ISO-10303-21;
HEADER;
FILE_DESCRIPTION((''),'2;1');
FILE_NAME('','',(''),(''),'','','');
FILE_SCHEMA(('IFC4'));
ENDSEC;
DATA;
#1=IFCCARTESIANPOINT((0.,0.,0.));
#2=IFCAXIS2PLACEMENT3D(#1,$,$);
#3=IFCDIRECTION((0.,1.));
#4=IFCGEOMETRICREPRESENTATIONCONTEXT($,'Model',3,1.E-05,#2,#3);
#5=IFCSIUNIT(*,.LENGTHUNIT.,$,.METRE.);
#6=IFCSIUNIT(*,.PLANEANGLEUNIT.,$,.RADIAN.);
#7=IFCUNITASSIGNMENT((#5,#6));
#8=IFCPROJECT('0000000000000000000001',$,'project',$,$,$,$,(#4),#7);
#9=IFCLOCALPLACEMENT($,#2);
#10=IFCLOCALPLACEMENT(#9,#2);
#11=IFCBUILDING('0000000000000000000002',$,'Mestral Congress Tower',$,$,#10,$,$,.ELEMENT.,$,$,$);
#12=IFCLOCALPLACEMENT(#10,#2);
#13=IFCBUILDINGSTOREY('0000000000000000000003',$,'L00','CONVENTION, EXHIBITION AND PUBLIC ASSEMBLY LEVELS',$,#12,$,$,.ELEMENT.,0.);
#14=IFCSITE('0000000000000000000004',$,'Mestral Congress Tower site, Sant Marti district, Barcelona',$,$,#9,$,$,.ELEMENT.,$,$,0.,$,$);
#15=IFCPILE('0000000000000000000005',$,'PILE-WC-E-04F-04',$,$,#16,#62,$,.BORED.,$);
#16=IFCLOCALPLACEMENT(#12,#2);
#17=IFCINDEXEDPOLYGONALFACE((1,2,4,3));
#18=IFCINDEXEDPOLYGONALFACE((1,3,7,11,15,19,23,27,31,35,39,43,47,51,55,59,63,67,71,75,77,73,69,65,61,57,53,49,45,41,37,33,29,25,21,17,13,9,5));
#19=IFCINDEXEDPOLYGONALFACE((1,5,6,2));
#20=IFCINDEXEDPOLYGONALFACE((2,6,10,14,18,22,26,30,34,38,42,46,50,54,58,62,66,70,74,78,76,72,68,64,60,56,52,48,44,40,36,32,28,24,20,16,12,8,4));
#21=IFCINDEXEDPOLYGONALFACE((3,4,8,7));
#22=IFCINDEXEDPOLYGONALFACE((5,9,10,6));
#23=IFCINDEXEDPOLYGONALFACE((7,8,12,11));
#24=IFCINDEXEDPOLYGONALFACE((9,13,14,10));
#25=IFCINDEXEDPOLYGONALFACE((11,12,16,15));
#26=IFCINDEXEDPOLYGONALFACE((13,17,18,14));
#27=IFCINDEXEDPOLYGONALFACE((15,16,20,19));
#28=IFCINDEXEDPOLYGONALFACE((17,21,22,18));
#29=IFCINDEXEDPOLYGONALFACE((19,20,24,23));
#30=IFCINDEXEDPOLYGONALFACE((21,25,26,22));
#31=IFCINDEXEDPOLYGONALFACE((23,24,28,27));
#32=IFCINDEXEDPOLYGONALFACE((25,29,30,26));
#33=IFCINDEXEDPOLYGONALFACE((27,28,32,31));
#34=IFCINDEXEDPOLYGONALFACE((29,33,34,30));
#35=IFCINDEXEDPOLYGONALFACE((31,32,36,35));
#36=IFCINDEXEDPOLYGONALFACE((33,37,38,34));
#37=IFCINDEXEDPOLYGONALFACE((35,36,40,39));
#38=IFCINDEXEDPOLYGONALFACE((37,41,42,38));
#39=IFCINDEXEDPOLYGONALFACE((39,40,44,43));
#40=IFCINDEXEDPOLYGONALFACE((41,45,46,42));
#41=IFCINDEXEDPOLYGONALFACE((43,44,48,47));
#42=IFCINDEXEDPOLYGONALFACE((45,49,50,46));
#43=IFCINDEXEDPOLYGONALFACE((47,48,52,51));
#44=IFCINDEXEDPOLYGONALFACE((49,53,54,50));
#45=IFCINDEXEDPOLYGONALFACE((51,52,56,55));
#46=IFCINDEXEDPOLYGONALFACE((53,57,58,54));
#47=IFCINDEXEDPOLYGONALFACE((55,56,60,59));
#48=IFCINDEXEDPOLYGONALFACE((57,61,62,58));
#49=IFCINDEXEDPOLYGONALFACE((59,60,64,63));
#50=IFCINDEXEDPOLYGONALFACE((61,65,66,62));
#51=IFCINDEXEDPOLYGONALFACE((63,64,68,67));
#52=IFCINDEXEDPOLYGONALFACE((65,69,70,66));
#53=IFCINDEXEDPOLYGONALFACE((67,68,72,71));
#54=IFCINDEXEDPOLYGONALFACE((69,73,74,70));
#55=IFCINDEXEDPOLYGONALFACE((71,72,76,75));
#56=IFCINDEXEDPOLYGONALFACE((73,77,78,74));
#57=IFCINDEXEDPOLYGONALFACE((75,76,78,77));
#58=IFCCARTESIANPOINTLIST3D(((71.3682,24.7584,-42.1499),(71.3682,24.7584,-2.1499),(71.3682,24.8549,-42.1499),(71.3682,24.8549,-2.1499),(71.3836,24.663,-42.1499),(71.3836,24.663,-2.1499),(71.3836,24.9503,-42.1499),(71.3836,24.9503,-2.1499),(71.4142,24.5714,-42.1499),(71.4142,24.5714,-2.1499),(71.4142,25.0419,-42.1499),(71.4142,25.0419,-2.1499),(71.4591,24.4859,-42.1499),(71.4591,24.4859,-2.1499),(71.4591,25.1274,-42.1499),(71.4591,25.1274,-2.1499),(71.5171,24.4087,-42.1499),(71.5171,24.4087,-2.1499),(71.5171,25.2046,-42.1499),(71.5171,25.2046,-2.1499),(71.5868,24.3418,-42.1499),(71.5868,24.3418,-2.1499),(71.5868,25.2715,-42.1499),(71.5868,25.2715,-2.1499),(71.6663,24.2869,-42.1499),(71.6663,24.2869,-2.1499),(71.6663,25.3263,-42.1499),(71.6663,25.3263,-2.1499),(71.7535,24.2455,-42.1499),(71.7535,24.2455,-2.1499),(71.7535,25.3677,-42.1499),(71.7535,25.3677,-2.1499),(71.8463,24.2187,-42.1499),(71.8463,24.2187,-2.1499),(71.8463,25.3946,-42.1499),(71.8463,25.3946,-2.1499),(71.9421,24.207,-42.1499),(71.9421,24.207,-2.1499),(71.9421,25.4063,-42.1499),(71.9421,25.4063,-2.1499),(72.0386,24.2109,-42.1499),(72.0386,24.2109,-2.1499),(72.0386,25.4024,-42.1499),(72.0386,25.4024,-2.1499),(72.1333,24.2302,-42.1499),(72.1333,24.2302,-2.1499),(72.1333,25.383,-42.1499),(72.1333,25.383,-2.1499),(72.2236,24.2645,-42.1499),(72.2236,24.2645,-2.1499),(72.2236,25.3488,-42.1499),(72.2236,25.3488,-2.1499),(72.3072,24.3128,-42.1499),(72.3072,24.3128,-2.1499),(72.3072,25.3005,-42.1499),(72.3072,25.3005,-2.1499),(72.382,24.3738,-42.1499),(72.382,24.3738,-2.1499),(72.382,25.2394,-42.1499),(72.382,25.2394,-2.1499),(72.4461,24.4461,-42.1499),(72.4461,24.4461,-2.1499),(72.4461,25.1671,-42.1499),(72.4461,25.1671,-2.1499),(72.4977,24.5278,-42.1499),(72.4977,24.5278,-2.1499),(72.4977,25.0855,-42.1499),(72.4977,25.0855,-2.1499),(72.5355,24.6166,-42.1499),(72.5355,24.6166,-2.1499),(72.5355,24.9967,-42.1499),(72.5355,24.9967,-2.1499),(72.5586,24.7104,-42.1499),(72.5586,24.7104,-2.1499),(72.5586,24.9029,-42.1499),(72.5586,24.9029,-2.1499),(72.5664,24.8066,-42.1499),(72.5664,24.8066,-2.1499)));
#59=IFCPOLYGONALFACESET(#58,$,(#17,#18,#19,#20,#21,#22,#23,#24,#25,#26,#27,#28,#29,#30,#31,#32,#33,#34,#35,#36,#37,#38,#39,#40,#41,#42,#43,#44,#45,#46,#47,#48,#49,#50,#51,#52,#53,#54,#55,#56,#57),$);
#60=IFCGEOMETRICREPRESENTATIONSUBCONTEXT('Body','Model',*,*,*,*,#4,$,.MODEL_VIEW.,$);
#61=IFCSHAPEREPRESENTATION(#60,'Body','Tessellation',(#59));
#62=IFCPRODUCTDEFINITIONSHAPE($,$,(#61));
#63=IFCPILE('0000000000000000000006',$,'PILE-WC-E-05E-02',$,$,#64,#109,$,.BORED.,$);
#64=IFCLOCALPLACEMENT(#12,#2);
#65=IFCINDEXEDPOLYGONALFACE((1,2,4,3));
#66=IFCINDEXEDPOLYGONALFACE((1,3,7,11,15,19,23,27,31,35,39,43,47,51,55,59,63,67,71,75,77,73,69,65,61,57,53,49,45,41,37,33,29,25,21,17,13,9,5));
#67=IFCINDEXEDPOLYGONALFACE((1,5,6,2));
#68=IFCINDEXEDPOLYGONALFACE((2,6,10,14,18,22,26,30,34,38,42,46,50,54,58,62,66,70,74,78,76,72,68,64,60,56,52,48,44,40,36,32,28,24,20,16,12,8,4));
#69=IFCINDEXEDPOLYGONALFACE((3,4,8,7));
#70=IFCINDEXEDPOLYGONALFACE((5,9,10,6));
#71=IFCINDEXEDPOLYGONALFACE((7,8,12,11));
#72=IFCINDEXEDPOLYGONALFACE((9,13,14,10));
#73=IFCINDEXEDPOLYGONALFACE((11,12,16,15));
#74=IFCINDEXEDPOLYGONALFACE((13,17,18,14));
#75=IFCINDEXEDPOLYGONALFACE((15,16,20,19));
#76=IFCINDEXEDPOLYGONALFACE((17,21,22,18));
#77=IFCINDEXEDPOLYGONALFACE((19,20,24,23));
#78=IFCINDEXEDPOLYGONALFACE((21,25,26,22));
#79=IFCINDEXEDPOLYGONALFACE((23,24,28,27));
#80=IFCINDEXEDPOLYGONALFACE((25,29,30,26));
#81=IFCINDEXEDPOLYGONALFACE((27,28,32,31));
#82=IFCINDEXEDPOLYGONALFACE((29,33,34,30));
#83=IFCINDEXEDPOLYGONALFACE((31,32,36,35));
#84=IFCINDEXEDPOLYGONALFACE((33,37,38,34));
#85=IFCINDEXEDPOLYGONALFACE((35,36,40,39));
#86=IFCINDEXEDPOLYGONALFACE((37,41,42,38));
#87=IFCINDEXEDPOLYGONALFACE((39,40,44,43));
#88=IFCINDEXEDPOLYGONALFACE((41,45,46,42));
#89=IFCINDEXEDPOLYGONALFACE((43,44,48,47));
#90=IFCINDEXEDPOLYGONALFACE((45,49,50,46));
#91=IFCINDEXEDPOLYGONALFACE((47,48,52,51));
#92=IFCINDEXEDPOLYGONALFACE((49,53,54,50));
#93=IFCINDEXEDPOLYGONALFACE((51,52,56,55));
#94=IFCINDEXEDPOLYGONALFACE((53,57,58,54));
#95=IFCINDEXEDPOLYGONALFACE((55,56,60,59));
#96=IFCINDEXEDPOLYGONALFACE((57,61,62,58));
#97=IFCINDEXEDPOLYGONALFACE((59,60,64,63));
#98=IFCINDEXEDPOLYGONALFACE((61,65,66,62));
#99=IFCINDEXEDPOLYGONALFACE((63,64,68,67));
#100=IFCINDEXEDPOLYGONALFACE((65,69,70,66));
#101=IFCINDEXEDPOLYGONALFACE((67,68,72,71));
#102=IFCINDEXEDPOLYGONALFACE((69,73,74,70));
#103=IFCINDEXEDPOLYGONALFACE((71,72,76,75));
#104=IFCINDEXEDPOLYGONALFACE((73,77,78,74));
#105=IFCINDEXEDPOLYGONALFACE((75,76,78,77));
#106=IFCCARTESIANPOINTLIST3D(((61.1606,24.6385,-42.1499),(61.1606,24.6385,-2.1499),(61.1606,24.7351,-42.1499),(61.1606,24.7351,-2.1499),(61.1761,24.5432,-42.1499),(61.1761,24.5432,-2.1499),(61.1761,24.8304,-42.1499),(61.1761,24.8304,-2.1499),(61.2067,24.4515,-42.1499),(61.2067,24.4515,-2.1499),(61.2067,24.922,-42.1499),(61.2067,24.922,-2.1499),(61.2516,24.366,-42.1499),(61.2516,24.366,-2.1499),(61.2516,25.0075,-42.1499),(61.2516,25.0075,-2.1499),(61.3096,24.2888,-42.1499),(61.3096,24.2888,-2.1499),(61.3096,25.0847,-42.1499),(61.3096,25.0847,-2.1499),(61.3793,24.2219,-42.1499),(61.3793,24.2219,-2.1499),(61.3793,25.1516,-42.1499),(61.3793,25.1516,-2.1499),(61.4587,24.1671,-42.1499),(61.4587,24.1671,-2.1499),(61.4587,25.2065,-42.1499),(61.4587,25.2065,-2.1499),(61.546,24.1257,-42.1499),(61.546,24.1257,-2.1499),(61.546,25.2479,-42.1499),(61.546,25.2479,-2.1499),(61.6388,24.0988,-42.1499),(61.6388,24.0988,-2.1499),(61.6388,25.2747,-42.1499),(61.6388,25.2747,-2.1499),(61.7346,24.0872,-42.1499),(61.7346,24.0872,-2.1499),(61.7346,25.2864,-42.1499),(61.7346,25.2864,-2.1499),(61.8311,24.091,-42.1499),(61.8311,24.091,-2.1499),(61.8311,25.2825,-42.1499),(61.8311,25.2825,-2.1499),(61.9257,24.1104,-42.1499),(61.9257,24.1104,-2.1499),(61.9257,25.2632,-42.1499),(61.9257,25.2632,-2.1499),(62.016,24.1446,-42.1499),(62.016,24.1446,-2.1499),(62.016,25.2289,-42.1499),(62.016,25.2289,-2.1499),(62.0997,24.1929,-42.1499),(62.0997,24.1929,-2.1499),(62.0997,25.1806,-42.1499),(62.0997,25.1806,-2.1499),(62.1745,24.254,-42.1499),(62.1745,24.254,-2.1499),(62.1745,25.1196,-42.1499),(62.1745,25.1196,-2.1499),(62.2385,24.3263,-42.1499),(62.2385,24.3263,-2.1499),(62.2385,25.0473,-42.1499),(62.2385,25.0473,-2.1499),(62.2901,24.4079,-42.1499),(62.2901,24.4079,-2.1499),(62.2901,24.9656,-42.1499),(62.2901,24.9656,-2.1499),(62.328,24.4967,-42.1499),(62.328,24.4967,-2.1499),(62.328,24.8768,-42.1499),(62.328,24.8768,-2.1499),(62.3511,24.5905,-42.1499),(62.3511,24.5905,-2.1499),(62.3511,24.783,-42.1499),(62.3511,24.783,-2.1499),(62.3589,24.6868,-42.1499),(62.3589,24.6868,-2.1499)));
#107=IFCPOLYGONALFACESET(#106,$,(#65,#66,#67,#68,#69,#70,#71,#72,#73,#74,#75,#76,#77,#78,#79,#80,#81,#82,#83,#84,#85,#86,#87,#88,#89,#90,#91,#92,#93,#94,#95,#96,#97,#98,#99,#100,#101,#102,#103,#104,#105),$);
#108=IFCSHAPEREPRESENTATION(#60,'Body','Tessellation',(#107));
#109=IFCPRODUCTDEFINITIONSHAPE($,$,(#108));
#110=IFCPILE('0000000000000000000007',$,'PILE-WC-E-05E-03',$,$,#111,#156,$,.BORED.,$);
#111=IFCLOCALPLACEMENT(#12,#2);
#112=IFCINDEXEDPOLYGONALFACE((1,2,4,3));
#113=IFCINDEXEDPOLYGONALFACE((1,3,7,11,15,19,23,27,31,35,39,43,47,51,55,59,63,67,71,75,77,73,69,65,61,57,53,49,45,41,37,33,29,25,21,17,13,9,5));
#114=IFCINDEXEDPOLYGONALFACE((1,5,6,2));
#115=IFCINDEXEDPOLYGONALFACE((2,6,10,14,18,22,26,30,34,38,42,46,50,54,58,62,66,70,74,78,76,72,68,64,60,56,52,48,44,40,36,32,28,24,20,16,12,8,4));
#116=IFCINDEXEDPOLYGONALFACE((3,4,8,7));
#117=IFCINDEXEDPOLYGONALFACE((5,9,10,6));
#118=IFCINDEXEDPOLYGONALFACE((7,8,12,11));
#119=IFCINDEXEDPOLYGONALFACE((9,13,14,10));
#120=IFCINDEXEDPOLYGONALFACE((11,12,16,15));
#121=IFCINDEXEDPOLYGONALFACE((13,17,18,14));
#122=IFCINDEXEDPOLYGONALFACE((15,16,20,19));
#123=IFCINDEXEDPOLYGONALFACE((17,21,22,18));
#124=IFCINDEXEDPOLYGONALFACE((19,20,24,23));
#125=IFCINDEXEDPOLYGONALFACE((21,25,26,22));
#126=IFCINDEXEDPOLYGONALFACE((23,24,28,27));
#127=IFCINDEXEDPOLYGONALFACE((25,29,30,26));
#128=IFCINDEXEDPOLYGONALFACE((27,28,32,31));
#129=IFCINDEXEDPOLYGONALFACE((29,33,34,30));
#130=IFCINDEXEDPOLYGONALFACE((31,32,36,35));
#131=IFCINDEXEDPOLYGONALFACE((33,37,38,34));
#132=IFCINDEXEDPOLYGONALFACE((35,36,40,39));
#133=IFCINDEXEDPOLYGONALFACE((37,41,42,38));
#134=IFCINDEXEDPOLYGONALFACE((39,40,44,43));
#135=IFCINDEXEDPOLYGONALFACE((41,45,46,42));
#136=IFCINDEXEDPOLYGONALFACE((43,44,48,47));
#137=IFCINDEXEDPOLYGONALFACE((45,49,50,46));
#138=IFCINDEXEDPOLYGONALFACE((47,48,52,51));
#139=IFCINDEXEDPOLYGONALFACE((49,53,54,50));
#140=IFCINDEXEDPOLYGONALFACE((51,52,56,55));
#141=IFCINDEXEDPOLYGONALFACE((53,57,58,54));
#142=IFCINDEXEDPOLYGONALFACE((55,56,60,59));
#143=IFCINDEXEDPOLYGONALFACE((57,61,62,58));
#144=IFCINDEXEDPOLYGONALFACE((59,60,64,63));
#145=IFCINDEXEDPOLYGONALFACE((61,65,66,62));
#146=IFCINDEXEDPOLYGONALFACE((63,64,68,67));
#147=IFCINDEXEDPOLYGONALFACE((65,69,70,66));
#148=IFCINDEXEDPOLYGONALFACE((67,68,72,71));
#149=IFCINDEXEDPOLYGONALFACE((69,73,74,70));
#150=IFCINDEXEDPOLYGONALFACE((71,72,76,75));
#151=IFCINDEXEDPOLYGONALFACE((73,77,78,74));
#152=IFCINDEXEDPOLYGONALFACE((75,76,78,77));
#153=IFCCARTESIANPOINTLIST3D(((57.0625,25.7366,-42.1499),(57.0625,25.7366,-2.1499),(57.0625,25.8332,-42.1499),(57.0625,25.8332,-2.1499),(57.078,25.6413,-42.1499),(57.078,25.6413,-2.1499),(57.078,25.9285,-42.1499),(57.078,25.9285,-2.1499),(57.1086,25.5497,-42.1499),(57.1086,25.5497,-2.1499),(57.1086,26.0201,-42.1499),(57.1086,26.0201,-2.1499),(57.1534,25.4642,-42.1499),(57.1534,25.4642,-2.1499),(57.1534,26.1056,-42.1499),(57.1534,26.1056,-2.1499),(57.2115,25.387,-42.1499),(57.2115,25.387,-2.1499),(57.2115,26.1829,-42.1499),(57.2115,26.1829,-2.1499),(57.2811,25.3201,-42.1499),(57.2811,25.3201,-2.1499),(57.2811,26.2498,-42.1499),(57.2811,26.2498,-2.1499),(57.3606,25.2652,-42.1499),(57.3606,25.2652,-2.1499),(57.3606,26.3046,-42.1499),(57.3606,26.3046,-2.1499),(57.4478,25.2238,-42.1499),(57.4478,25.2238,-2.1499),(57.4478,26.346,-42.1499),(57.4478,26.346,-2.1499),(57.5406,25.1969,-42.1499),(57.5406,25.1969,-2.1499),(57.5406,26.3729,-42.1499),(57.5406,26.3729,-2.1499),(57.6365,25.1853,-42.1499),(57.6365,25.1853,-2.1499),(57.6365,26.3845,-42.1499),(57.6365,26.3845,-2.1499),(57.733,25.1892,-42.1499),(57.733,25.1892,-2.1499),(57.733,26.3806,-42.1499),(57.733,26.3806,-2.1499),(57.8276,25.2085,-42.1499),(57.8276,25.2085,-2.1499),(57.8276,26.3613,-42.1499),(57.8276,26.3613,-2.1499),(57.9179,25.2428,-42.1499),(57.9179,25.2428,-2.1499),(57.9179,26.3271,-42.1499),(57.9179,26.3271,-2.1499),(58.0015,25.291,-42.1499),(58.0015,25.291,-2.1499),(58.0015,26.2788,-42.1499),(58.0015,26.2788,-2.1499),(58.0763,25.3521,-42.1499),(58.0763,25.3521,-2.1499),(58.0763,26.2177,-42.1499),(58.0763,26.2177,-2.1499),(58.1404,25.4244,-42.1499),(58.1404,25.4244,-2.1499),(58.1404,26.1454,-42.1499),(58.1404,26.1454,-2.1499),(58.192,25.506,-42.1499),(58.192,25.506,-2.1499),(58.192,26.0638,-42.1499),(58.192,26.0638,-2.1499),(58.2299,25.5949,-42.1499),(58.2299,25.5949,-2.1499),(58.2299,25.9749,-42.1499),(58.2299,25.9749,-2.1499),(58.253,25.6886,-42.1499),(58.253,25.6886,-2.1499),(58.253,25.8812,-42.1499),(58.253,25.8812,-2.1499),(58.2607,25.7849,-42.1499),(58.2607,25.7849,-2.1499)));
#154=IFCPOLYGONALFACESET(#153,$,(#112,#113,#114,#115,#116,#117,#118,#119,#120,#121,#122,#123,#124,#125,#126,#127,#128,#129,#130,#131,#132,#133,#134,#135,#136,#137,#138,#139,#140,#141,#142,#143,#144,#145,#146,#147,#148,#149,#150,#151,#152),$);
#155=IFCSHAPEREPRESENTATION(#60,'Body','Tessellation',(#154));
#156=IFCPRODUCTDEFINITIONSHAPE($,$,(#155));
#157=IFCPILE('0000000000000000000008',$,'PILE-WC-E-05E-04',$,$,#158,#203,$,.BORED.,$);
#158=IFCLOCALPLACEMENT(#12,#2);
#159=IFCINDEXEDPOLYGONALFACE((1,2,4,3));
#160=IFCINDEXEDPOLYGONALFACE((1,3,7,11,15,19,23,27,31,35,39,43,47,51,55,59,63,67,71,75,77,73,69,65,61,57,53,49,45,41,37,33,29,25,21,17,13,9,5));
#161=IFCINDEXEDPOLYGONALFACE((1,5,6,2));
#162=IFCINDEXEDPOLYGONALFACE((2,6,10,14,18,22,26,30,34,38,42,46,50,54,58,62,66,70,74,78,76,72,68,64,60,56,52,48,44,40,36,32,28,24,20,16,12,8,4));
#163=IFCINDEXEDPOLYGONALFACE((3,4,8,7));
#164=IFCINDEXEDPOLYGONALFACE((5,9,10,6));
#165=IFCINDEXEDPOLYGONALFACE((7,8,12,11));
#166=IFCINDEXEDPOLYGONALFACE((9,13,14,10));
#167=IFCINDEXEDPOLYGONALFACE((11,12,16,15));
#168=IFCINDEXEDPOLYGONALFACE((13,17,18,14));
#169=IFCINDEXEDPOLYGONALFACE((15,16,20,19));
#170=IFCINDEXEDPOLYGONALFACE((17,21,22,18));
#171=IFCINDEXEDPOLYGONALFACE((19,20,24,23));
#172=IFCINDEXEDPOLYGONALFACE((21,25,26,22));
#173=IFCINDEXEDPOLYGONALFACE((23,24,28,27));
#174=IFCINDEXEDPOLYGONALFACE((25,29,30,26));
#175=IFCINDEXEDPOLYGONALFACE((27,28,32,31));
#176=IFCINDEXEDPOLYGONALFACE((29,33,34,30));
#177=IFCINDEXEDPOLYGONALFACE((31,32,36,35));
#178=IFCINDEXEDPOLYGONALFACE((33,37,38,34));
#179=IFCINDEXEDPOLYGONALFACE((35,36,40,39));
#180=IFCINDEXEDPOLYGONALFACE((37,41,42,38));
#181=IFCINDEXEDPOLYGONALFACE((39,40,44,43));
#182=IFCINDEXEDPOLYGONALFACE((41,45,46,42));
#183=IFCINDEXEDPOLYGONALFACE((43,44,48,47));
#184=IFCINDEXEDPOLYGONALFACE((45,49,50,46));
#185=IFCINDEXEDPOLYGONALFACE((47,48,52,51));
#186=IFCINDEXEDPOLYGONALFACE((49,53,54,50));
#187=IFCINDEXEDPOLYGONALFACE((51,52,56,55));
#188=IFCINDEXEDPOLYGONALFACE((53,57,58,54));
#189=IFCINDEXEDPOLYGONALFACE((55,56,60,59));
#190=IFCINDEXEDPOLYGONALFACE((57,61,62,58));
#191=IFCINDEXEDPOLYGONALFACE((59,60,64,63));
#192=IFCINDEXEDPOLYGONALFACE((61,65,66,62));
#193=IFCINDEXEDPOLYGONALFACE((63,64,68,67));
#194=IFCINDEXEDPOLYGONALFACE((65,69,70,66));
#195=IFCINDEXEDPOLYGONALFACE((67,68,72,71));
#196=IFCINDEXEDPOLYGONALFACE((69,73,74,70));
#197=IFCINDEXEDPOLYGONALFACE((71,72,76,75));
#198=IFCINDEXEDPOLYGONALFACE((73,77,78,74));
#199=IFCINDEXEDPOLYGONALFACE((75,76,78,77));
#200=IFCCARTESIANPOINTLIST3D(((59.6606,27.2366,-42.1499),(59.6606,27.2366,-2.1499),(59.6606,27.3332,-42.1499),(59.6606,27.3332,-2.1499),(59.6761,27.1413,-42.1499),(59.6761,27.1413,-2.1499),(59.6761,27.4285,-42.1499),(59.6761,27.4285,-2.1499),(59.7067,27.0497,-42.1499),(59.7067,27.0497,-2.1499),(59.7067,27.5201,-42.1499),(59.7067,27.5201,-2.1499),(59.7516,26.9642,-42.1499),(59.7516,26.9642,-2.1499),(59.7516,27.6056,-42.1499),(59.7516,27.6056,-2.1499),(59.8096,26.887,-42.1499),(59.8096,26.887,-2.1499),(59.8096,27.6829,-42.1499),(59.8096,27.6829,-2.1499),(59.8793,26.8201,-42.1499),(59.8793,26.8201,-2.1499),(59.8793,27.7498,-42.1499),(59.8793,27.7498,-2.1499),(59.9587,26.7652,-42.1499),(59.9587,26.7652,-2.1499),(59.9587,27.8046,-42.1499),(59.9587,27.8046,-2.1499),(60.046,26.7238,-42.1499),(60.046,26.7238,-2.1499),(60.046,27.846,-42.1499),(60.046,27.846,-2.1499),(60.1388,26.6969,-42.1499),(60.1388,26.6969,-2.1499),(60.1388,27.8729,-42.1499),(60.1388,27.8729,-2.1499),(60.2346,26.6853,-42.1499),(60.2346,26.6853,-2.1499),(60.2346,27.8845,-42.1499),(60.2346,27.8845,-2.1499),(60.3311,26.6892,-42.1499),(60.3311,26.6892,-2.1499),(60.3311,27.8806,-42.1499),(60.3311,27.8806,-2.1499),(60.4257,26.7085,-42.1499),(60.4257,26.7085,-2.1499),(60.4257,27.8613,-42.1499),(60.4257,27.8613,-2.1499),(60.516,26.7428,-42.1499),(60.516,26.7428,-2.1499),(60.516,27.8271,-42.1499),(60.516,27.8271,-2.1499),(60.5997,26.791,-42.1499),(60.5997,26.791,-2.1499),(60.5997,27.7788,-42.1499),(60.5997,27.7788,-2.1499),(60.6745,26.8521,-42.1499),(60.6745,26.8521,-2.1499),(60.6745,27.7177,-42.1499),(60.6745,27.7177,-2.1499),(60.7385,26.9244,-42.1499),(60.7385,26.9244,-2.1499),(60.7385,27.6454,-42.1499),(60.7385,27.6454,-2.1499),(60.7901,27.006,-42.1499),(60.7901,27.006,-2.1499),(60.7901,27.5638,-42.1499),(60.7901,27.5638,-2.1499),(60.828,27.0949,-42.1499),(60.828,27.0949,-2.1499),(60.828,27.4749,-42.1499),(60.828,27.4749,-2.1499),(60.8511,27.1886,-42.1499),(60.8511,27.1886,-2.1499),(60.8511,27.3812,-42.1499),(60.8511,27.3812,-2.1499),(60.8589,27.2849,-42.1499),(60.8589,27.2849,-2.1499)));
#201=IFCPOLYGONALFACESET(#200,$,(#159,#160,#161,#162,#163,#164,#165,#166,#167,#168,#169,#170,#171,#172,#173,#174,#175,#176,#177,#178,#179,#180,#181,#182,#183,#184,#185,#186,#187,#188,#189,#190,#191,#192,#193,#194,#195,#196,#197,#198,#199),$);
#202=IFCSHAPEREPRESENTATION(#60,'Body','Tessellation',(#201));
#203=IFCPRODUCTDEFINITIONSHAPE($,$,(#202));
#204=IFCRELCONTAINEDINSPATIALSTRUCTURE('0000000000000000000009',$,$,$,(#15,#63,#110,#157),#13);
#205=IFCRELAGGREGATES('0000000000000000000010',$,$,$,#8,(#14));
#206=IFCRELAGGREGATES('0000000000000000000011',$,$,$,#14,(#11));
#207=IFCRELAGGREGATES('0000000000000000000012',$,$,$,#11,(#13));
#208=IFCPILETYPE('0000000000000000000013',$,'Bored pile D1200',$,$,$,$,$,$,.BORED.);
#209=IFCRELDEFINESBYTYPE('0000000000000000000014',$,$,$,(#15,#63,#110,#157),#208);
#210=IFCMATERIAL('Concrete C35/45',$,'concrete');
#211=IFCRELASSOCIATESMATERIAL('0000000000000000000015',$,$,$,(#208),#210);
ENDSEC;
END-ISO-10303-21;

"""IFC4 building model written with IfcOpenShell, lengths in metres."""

from ifc_helpers import new_model, si_unit, direction, frame, origin, origin_2d, place, context, subcontext, project, spatial, circle, extrude, material, material_profile, profile_set, type_object, element, save


model = new_model("IFC4")

# Units and contexts
model_context = context("Model", 3, precision=1e-05, world=origin(), true_north=direction((0.0, 1.0)))
body_context = subcontext(model_context, "Body", "Model", "MODEL_VIEW")
ifc_project = project(units=[si_unit("LENGTHUNIT", "METRE"), si_unit("PLANEANGLEUNIT", "RADIAN")], contexts=[model_context])

# Site, building, storey
site_placement = place(None, origin())
site = spatial("IfcSite", under=ifc_project, at=site_placement, Name="Mestral Congress Tower site, Sant Marti district, Barcelona", CompositionType="ELEMENT", RefElevation=0.0)
building_placement = place(site_placement, origin())
building = spatial("IfcBuilding", under=site, at=building_placement, Name="Mestral Congress Tower", CompositionType="ELEMENT")
storey_placement = place(building_placement, origin())
storey = spatial("IfcBuildingStorey", under=building, at=storey_placement, Name="L00", Description="CONVENTION, EXHIBITION AND PUBLIC ASSEMBLY LEVELS", CompositionType="ELEMENT", Elevation=0.0)

# Piles
ifc_material_1 = material(Name="Concrete C35/45", Category="concrete")
ifc_material_profile_1 = material_profile(ifc_material_1, circle(Radius=0.6001, at=origin_2d()), Name="D1200")
ifc_profile_set_1 = profile_set([ifc_material_profile_1], Name="Concrete C35/45")
pile_type = type_object("IfcPileType", Name="Bored pile D1200", PredefinedType="BORED", material=ifc_profile_set_1)
for number, where, z_axis, x_axis, name in (
    (1, (71.9663, 24.8066, -2.1499), (0.0, 0.0, -1.0), (1.0, 0.0, 0.0), "PILE-WC-E-04F-04"),
    (2, (61.7588, 24.6868, -2.1499), (0.0, 0.0, -1.0), (1.0, 0.0, 0.0), "PILE-WC-E-05E-02"),
    (3, (57.6606, 25.7849, -2.1499), (0.0, 0.0, -1.0), (1.0, 0.0, 0.0), "PILE-WC-E-05E-03"),
    (4, (60.2588, 27.2849, -2.1499), (0.0, 0.0, -1.0), (1.0, 0.0, 0.0), "PILE-WC-E-05E-04"),
):
    element("IfcPile", number, at=place(storey_placement, frame(where, z_axis=z_axis, x_axis=x_axis)), inside=storey, type_object=pile_type, Name=name, PredefinedType="BORED", context=body_context, shape_type="SweptSolid", body=[
        extrude(circle(Radius=0.6001, at=origin_2d()), origin(), (0.0, 0.0, 1.0), 40.0),
    ])

save(model, "model.ifc")
